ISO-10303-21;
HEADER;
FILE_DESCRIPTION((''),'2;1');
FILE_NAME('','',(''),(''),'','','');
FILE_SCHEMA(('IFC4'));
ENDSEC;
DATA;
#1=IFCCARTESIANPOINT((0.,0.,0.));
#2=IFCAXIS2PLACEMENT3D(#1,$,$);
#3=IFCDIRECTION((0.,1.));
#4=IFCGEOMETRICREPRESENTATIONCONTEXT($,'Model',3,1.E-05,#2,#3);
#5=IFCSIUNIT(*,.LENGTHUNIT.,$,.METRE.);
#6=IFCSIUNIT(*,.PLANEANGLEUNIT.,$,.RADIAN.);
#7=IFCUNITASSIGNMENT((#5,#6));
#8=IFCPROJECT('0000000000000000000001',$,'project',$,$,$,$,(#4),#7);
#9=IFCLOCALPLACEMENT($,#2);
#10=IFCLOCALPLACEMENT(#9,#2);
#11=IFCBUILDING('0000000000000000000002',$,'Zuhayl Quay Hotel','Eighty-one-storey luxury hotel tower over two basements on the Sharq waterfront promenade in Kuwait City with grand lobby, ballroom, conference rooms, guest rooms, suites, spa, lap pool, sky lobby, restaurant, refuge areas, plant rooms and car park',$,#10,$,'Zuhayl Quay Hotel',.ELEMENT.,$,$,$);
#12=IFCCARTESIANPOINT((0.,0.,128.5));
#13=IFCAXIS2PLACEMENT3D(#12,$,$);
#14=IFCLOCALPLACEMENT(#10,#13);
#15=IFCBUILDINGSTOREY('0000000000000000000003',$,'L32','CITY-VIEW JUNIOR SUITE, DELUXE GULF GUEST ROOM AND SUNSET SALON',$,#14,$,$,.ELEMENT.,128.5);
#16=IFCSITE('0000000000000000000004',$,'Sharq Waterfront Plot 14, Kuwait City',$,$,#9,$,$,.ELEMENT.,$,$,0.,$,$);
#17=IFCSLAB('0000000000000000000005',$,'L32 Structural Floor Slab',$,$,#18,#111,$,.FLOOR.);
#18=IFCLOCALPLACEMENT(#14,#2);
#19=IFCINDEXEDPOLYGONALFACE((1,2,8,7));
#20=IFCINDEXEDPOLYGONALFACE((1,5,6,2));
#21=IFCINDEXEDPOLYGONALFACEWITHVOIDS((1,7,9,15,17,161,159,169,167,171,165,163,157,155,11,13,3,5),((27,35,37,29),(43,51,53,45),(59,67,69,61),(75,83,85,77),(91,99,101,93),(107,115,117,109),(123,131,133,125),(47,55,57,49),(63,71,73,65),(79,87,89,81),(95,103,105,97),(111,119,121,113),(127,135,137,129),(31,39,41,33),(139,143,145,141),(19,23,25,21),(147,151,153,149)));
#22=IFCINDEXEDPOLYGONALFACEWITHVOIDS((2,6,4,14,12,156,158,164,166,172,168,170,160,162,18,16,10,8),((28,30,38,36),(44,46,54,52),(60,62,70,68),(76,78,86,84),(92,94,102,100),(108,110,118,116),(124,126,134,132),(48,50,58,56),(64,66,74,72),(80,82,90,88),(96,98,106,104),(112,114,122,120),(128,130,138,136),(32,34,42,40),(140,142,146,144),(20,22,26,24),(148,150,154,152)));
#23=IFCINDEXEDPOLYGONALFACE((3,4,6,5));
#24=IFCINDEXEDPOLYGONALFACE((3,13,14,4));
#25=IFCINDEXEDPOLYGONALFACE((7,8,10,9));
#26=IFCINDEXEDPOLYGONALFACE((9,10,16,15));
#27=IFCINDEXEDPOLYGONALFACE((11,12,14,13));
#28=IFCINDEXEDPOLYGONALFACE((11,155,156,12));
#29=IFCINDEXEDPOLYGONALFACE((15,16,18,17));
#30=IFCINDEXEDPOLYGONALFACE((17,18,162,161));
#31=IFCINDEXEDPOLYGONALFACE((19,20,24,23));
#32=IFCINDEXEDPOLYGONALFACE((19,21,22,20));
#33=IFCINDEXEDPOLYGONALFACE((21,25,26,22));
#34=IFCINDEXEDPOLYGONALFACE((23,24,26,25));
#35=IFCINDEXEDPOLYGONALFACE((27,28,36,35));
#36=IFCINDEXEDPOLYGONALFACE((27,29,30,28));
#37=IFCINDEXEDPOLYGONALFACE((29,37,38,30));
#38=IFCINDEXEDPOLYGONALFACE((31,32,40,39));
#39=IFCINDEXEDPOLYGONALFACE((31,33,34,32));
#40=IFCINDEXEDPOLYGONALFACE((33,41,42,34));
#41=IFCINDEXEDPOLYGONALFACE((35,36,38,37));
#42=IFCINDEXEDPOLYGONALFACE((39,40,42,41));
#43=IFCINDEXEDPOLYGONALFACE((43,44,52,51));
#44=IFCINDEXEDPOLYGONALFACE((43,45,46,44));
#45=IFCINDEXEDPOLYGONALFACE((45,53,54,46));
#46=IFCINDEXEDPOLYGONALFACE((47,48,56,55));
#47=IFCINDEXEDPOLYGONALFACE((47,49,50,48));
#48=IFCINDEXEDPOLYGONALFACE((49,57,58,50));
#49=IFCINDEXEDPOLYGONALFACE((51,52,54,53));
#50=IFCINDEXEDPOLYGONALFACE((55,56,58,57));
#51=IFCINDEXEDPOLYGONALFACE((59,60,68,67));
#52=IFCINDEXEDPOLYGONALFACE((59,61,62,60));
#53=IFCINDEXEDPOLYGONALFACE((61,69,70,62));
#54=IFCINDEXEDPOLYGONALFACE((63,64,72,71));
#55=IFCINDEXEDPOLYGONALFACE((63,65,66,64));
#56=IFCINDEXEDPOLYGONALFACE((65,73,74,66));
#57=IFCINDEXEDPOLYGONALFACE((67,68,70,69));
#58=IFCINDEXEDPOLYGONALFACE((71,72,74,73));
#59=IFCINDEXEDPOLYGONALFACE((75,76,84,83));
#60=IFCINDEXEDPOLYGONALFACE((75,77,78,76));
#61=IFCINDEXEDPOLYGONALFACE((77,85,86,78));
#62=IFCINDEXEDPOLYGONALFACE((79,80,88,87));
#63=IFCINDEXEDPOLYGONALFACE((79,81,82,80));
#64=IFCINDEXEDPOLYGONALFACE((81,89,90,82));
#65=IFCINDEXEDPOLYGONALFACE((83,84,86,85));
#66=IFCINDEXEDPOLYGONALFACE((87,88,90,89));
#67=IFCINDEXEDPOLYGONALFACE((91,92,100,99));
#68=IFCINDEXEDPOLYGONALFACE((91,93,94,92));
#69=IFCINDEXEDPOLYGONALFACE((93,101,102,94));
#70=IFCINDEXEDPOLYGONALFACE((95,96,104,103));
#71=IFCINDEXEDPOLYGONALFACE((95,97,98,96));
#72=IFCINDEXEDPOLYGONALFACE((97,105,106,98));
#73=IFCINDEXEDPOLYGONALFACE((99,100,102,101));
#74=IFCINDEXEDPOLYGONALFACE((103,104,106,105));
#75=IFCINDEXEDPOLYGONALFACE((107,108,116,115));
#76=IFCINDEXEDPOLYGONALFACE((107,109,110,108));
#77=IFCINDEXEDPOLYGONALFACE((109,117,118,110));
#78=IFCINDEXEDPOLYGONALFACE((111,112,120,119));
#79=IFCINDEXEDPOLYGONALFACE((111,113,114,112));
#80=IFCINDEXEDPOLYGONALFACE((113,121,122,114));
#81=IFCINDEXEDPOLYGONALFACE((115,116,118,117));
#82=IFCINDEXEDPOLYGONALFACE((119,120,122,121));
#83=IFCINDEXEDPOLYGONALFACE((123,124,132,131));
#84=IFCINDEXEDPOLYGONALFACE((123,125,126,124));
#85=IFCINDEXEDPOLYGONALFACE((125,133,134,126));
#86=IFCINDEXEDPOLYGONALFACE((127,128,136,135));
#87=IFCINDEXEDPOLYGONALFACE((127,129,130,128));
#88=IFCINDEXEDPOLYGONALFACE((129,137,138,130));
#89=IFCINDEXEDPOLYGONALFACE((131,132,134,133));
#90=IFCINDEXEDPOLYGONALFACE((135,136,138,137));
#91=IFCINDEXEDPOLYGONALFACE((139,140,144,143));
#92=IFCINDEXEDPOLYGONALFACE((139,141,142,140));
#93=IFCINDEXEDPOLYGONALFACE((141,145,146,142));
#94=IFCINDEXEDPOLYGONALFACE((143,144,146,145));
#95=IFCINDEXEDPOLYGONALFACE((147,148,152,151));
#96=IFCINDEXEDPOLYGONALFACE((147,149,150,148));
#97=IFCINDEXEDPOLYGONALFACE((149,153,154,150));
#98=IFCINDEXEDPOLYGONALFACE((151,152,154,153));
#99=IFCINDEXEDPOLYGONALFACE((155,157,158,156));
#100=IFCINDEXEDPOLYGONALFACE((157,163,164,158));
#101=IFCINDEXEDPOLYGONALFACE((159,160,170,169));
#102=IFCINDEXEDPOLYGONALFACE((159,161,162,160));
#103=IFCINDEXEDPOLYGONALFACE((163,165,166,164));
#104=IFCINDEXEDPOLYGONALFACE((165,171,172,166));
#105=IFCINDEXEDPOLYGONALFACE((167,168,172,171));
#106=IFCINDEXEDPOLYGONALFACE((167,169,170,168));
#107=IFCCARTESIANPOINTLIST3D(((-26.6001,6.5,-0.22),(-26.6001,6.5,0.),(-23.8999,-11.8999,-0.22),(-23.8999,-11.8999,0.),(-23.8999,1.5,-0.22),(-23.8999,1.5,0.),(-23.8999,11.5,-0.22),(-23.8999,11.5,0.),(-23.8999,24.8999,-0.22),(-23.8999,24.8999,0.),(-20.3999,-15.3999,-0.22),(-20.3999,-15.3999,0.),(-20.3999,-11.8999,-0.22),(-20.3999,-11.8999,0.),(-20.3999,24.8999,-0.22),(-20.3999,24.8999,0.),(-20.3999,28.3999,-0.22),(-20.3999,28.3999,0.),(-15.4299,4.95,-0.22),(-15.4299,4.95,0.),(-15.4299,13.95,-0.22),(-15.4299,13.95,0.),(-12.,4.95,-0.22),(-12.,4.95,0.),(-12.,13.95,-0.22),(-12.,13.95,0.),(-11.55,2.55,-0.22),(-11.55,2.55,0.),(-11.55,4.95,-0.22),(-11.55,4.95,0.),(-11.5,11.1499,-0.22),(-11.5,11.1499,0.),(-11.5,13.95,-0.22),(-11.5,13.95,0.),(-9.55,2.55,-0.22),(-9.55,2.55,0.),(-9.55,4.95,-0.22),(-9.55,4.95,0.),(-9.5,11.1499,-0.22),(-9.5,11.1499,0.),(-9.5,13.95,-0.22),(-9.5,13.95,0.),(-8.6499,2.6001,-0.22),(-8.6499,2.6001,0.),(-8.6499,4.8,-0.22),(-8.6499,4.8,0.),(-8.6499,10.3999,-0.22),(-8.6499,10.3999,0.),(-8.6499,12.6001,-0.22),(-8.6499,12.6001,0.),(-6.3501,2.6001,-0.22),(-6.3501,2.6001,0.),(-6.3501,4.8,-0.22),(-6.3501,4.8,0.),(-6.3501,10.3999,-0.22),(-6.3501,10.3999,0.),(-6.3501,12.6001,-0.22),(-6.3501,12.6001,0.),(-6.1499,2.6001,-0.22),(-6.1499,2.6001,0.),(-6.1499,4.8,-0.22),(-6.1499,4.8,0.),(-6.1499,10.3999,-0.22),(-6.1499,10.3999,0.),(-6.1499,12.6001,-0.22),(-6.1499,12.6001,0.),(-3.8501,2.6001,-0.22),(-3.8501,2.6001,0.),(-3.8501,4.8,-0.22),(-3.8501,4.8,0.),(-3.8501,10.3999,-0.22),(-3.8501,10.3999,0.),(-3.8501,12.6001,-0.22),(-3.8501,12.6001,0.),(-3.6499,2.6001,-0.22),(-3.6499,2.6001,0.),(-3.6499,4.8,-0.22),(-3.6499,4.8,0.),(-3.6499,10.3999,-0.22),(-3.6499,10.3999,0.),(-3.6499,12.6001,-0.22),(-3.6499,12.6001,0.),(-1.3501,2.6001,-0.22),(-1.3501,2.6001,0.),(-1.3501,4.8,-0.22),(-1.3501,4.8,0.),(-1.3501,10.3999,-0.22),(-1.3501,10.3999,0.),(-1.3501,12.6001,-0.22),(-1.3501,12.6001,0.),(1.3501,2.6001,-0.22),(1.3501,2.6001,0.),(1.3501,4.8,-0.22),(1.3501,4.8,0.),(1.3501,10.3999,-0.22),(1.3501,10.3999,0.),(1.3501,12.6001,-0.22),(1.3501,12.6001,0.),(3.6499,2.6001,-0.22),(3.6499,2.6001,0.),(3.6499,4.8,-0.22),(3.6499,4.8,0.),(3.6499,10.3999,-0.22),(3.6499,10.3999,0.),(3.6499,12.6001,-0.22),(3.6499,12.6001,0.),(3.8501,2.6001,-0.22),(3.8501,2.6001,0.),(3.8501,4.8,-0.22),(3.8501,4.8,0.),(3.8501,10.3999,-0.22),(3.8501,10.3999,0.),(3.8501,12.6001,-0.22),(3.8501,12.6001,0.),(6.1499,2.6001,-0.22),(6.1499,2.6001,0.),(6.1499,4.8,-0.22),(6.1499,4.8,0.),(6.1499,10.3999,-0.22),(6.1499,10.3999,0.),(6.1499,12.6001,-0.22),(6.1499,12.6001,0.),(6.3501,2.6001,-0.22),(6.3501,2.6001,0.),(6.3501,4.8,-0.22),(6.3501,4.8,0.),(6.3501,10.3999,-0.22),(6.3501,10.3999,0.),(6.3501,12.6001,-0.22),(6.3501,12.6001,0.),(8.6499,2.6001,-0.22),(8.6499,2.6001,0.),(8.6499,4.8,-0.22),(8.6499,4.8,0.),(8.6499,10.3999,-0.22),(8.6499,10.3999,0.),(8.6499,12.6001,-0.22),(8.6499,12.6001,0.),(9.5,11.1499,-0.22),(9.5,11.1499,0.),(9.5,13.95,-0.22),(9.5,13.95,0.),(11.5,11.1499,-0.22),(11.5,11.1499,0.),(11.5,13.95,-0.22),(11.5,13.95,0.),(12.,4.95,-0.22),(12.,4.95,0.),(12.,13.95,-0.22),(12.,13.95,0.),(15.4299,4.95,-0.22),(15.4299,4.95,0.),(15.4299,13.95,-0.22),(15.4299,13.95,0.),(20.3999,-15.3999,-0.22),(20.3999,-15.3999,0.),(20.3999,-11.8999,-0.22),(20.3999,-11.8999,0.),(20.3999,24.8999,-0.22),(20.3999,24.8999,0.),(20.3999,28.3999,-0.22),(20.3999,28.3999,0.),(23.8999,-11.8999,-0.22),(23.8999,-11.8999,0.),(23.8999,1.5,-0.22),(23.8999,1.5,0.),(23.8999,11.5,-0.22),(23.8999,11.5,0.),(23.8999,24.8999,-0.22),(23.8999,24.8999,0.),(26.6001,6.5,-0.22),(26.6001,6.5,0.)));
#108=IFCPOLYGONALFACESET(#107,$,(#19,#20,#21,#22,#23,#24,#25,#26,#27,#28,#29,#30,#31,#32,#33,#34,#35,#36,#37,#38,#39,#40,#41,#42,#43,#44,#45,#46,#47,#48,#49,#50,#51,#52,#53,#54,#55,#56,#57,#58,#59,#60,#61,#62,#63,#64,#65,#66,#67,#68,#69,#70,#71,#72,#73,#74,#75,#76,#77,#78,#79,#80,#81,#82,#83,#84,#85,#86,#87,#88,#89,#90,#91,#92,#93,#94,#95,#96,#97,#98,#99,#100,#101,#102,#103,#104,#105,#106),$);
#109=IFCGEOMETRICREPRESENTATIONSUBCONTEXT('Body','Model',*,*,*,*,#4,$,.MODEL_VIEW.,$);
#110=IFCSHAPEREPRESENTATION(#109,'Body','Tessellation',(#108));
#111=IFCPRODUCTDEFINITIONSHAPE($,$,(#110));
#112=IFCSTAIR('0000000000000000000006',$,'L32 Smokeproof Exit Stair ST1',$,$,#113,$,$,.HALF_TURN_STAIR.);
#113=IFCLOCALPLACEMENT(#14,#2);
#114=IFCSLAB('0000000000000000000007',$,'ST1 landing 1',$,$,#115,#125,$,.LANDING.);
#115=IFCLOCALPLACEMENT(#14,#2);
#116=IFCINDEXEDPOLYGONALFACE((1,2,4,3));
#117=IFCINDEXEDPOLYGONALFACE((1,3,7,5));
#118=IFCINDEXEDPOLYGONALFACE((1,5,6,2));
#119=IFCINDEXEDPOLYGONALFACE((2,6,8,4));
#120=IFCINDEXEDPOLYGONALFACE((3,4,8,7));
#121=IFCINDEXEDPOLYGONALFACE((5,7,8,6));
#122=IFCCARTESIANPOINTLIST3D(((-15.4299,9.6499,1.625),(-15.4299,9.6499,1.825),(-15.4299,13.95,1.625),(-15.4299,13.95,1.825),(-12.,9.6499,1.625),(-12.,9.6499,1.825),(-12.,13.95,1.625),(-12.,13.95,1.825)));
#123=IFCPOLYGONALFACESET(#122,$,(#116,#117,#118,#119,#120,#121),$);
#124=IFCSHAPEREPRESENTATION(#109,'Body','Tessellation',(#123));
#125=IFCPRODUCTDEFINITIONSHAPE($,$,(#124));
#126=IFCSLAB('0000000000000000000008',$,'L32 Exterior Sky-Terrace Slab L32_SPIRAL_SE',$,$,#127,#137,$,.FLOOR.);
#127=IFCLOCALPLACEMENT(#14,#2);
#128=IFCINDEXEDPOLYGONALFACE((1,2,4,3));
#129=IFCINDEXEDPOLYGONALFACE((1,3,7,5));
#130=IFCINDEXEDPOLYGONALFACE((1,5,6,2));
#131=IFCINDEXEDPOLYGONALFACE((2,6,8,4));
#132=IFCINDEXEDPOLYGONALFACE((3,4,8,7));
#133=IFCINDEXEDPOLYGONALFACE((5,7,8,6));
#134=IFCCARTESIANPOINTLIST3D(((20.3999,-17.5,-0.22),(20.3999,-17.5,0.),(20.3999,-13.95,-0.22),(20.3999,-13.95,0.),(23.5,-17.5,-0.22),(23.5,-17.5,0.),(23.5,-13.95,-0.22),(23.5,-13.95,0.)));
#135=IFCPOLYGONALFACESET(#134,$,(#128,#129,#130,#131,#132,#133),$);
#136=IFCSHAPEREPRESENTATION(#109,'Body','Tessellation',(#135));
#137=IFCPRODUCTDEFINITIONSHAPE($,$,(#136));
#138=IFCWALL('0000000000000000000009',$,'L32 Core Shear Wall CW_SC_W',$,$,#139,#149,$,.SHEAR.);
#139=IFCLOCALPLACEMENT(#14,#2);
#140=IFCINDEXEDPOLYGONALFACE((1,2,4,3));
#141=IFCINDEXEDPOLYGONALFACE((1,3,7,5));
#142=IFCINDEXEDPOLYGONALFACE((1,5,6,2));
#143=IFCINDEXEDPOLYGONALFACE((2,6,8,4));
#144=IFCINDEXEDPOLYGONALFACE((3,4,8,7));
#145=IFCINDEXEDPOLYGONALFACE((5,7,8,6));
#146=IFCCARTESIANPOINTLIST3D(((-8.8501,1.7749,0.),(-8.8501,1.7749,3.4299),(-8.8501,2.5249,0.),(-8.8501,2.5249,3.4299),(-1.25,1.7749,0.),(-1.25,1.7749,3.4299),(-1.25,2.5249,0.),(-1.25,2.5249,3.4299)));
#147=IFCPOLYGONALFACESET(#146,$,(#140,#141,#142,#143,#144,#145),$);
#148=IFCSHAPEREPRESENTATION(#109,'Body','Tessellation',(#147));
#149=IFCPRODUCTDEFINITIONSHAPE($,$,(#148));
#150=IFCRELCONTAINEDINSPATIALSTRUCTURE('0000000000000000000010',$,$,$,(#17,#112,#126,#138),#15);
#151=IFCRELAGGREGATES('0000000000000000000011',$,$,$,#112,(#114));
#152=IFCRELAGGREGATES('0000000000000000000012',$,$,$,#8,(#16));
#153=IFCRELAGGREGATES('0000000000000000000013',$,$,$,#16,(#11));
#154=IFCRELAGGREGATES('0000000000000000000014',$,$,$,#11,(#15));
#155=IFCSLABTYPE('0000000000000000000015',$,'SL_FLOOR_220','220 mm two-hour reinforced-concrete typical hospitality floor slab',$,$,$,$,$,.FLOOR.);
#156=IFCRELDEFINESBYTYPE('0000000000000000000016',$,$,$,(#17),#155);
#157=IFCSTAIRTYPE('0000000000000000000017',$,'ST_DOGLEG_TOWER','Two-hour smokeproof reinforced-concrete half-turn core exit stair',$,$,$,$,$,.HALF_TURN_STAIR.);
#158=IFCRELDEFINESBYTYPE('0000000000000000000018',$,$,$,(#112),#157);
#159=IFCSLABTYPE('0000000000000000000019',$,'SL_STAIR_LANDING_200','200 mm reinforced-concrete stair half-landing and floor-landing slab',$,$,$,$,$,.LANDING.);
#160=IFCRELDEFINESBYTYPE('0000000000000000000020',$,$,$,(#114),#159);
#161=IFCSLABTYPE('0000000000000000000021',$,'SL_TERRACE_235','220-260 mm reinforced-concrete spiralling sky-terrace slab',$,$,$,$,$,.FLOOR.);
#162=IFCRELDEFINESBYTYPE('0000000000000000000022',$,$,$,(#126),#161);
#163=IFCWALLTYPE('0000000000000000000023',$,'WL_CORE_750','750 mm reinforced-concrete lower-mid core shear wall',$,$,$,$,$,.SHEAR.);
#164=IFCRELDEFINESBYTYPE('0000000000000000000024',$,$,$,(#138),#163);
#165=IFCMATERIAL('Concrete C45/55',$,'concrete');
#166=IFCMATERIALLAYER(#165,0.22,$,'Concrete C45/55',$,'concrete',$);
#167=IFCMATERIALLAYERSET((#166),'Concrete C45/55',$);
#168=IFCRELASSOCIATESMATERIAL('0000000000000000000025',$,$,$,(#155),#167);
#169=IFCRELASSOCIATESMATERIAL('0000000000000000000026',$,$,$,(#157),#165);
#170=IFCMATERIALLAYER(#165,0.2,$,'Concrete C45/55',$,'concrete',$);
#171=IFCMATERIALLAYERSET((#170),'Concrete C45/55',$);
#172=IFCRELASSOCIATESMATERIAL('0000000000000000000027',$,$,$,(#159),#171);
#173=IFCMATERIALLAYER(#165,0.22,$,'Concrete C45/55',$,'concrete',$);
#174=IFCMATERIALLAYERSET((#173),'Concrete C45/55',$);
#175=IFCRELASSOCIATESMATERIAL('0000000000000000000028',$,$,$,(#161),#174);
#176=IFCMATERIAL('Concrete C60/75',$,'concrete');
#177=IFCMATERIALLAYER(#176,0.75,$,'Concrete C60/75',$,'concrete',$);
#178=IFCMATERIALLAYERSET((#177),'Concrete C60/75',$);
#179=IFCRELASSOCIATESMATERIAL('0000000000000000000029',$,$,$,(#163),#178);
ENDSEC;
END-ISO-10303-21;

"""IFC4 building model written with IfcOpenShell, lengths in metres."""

from ifc_helpers import new_model, si_unit, direction, frame, frame_2d, origin, place, context, subcontext, project, spatial, polyline, rectangle, outline, extrude, material, layer, layer_set, type_object, element, aggregate, save


model = new_model("IFC4")

# Units and contexts
model_context = context("Model", 3, precision=1e-05, world=origin(), true_north=direction((0.0, 1.0)))
body_context = subcontext(model_context, "Body", "Model", "MODEL_VIEW")
ifc_project = project(units=[si_unit("LENGTHUNIT", "METRE"), si_unit("PLANEANGLEUNIT", "RADIAN")], contexts=[model_context])

# Site, building, storey
site_placement = place(None, origin())
site = spatial("IfcSite", under=ifc_project, at=site_placement, Name="Sharq Waterfront Plot 14, Kuwait City", CompositionType="ELEMENT", RefElevation=0.0)
building_placement = place(site_placement, origin())
building = spatial("IfcBuilding", under=site, at=building_placement, Name="Zuhayl Quay Hotel", Description="Eighty-one-storey luxury hotel tower over two basements on the Sharq waterfront promenade in Kuwait City with grand lobby, ballroom, conference rooms, guest rooms, suites, spa, lap pool, sky lobby, restaurant, refuge areas, plant rooms and car park", LongName="Zuhayl Quay Hotel", CompositionType="ELEMENT")
storey_placement = place(building_placement, frame((0.0, 0.0, 128.5)))
storey = spatial("IfcBuildingStorey", under=building, at=storey_placement, Name="L32", Description="CITY-VIEW JUNIOR SUITE, DELUXE GULF GUEST ROOM AND SUNSET SALON", CompositionType="ELEMENT", Elevation=128.5)

# Shared definitions
ifc_material_1 = material(Name="Concrete C60/75", Category="concrete")

# Slab
ifc_material_2 = material(Name="Concrete C45/55", Category="concrete")
ifc_layer_1 = layer(ifc_material_2, 0.22, Name="Concrete C45/55", Category="concrete")
ifc_layer_set_1 = layer_set([ifc_layer_1], Name="Concrete C45/55")
slab_type_1 = type_object("IfcSlabType", Name="SL_FLOOR_220", Description="220 mm two-hour reinforced-concrete typical hospitality floor slab", PredefinedType="FLOOR", material=ifc_layer_set_1)
slab_1_placement = place(storey_placement, frame((0.0, 0.0, -0.22)))
element("IfcSlab", 1, at=slab_1_placement, inside=storey, type_object=slab_type_1, Name="L32 Structural Floor Slab", PredefinedType="FLOOR", context=body_context, shape_type="SweptSolid", body=[
    extrude(outline(polyline([(-20.3999, -15.3999), (20.3999, -15.3999), (20.3999, -11.8999), (23.8999, -11.8999), (23.8999, 1.5), (26.6001, 6.5), (23.8999, 11.5), (23.8999, 24.8999), (20.3999, 24.8999), (20.3999, 28.3999), (-20.3999, 28.3999), (-20.3999, 24.8999), (-23.8999, 24.8999), (-23.8999, 11.5), (-26.6001, 6.5), (-23.8999, 1.5), (-23.8999, -11.8999), (-20.3999, -11.8999), (-20.3999, -15.3999)]), holes=[polyline([(-12.0, 4.95), (-12.0, 13.95), (-15.4299, 13.95), (-15.4299, 4.95), (-12.0, 4.95)]), polyline([(15.4299, 4.95), (15.4299, 13.95), (12.0, 13.95), (12.0, 4.95), (15.4299, 4.95)]), polyline([(-11.5, 11.1499), (-9.5, 11.1499), (-9.5, 13.95), (-11.5, 13.95), (-11.5, 11.1499)]), polyline([(9.5, 11.1499), (11.5, 11.1499), (11.5, 13.95), (9.5, 13.95), (9.5, 11.1499)]), polyline([(-8.6499, 2.6001), (-6.3501, 2.6001), (-6.3501, 4.8), (-8.6499, 4.8), (-8.6499, 2.6001)]), polyline([(-6.1499, 2.6001), (-3.8501, 2.6001), (-3.8501, 4.8), (-6.1499, 4.8), (-6.1499, 2.6001)]), polyline([(-8.6499, 10.3999), (-6.3501, 10.3999), (-6.3501, 12.6001), (-8.6499, 12.6001), (-8.6499, 10.3999)]), polyline([(-6.1499, 10.3999), (-3.8501, 10.3999), (-3.8501, 12.6001), (-6.1499, 12.6001), (-6.1499, 10.3999)]), polyline([(-3.6499, 2.6001), (-1.3501, 2.6001), (-1.3501, 4.8), (-3.6499, 4.8), (-3.6499, 2.6001)]), polyline([(1.3501, 2.6001), (3.6499, 2.6001), (3.6499, 4.8), (1.3501, 4.8), (1.3501, 2.6001)]), polyline([(-3.6499, 10.3999), (-1.3501, 10.3999), (-1.3501, 12.6001), (-3.6499, 12.6001), (-3.6499, 10.3999)]), polyline([(1.3501, 10.3999), (3.6499, 10.3999), (3.6499, 12.6001), (1.3501, 12.6001), (1.3501, 10.3999)]), polyline([(3.8501, 2.6001), (6.1499, 2.6001), (6.1499, 4.8), (3.8501, 4.8), (3.8501, 2.6001)]), polyline([(6.3501, 2.6001), (8.6499, 2.6001), (8.6499, 4.8), (6.3501, 4.8), (6.3501, 2.6001)]), polyline([(3.8501, 10.3999), (6.1499, 10.3999), (6.1499, 12.6001), (3.8501, 12.6001), (3.8501, 10.3999)]), polyline([(6.3501, 10.3999), (8.6499, 10.3999), (8.6499, 12.6001), (6.3501, 12.6001), (6.3501, 10.3999)]), polyline([(-11.55, 2.55), (-9.55, 2.55), (-9.55, 4.95), (-11.55, 4.95), (-11.55, 2.55)])]), origin(), (0.0, 0.0, 1.0), 0.22),
])

# Stair, slab
stair_type = type_object("IfcStairType", Name="ST_DOGLEG_TOWER", Description="Two-hour smokeproof reinforced-concrete half-turn core exit stair", PredefinedType="HALF_TURN_STAIR", material=ifc_material_2)
stair_placement = place(storey_placement, origin())
stair = element("IfcStair", 2, at=stair_placement, inside=storey, type_object=stair_type, Name="L32 Smokeproof Exit Stair ST1", PredefinedType="HALF_TURN_STAIR")
ifc_layer_2 = layer(ifc_material_2, 0.2, Name="Concrete C45/55", Category="concrete")
ifc_layer_set_2 = layer_set([ifc_layer_2], Name="Concrete C45/55")
slab_type_2 = type_object("IfcSlabType", Name="SL_STAIR_LANDING_200", Description="200 mm reinforced-concrete stair half-landing and floor-landing slab", PredefinedType="LANDING", material=ifc_layer_set_2)
slab_2_placement = place(storey_placement, frame((0.0, 0.0, 1.625)))
slab_2 = element("IfcSlab", 3, at=slab_2_placement, type_object=slab_type_2, Name="ST1 landing 1", PredefinedType="LANDING", context=body_context, shape_type="SweptSolid", body=[
    extrude(outline(polyline([(-12.0, 9.6499), (-12.0, 13.95), (-15.4299, 13.95), (-15.4299, 9.6499), (-12.0, 9.6499)])), origin(), (0.0, 0.0, 1.0), 0.2),
])
aggregate(stair, [slab_2])

# Slab
ifc_layer_3 = layer(ifc_material_2, 0.22, Name="Concrete C45/55", Category="concrete")
ifc_layer_set_3 = layer_set([ifc_layer_3], Name="Concrete C45/55")
slab_type_3 = type_object("IfcSlabType", Name="SL_TERRACE_235", Description="220-260 mm reinforced-concrete spiralling sky-terrace slab", PredefinedType="FLOOR", material=ifc_layer_set_3)
slab_3_placement = place(storey_placement, frame((0.0, 0.0, -0.22)))
element("IfcSlab", 4, at=slab_3_placement, inside=storey, type_object=slab_type_3, Name="L32 Exterior Sky-Terrace Slab L32_SPIRAL_SE", PredefinedType="FLOOR", context=body_context, shape_type="SweptSolid", body=[
    extrude(outline(polyline([(20.3999, -17.5), (23.5, -17.5), (23.5, -13.95), (20.3999, -13.95), (20.3999, -17.5)])), origin(), (0.0, 0.0, 1.0), 0.22),
])

# Wall
ifc_layer_4 = layer(ifc_material_1, 0.75, Name="Concrete C60/75", Category="concrete")
ifc_layer_set_4 = layer_set([ifc_layer_4], Name="Concrete C60/75")
wall_type_1 = type_object("IfcWallType", Name="WL_CORE_750", Description="750 mm reinforced-concrete lower-mid core shear wall", PredefinedType="SHEAR", material=ifc_layer_set_4)
wall_1_placement = place(storey_placement, frame((-8.8501, 2.1499, 0.0), z_axis=(0.0, 0.0, 1.0), x_axis=(1.0, 0.0, 0.0)))
element("IfcWall", 5, at=wall_1_placement, inside=storey, type_object=wall_type_1, Name="L32 Core Shear Wall CW_SC_W", PredefinedType="SHEAR", context=body_context, shape_type="SweptSolid", body=[
    extrude(rectangle(XDim=7.6001, YDim=0.75, at=frame_2d((3.8, 0.0))), origin(), (0.0, 0.0, 1.0), 3.4299),
])

save(model, "model.ifc")
